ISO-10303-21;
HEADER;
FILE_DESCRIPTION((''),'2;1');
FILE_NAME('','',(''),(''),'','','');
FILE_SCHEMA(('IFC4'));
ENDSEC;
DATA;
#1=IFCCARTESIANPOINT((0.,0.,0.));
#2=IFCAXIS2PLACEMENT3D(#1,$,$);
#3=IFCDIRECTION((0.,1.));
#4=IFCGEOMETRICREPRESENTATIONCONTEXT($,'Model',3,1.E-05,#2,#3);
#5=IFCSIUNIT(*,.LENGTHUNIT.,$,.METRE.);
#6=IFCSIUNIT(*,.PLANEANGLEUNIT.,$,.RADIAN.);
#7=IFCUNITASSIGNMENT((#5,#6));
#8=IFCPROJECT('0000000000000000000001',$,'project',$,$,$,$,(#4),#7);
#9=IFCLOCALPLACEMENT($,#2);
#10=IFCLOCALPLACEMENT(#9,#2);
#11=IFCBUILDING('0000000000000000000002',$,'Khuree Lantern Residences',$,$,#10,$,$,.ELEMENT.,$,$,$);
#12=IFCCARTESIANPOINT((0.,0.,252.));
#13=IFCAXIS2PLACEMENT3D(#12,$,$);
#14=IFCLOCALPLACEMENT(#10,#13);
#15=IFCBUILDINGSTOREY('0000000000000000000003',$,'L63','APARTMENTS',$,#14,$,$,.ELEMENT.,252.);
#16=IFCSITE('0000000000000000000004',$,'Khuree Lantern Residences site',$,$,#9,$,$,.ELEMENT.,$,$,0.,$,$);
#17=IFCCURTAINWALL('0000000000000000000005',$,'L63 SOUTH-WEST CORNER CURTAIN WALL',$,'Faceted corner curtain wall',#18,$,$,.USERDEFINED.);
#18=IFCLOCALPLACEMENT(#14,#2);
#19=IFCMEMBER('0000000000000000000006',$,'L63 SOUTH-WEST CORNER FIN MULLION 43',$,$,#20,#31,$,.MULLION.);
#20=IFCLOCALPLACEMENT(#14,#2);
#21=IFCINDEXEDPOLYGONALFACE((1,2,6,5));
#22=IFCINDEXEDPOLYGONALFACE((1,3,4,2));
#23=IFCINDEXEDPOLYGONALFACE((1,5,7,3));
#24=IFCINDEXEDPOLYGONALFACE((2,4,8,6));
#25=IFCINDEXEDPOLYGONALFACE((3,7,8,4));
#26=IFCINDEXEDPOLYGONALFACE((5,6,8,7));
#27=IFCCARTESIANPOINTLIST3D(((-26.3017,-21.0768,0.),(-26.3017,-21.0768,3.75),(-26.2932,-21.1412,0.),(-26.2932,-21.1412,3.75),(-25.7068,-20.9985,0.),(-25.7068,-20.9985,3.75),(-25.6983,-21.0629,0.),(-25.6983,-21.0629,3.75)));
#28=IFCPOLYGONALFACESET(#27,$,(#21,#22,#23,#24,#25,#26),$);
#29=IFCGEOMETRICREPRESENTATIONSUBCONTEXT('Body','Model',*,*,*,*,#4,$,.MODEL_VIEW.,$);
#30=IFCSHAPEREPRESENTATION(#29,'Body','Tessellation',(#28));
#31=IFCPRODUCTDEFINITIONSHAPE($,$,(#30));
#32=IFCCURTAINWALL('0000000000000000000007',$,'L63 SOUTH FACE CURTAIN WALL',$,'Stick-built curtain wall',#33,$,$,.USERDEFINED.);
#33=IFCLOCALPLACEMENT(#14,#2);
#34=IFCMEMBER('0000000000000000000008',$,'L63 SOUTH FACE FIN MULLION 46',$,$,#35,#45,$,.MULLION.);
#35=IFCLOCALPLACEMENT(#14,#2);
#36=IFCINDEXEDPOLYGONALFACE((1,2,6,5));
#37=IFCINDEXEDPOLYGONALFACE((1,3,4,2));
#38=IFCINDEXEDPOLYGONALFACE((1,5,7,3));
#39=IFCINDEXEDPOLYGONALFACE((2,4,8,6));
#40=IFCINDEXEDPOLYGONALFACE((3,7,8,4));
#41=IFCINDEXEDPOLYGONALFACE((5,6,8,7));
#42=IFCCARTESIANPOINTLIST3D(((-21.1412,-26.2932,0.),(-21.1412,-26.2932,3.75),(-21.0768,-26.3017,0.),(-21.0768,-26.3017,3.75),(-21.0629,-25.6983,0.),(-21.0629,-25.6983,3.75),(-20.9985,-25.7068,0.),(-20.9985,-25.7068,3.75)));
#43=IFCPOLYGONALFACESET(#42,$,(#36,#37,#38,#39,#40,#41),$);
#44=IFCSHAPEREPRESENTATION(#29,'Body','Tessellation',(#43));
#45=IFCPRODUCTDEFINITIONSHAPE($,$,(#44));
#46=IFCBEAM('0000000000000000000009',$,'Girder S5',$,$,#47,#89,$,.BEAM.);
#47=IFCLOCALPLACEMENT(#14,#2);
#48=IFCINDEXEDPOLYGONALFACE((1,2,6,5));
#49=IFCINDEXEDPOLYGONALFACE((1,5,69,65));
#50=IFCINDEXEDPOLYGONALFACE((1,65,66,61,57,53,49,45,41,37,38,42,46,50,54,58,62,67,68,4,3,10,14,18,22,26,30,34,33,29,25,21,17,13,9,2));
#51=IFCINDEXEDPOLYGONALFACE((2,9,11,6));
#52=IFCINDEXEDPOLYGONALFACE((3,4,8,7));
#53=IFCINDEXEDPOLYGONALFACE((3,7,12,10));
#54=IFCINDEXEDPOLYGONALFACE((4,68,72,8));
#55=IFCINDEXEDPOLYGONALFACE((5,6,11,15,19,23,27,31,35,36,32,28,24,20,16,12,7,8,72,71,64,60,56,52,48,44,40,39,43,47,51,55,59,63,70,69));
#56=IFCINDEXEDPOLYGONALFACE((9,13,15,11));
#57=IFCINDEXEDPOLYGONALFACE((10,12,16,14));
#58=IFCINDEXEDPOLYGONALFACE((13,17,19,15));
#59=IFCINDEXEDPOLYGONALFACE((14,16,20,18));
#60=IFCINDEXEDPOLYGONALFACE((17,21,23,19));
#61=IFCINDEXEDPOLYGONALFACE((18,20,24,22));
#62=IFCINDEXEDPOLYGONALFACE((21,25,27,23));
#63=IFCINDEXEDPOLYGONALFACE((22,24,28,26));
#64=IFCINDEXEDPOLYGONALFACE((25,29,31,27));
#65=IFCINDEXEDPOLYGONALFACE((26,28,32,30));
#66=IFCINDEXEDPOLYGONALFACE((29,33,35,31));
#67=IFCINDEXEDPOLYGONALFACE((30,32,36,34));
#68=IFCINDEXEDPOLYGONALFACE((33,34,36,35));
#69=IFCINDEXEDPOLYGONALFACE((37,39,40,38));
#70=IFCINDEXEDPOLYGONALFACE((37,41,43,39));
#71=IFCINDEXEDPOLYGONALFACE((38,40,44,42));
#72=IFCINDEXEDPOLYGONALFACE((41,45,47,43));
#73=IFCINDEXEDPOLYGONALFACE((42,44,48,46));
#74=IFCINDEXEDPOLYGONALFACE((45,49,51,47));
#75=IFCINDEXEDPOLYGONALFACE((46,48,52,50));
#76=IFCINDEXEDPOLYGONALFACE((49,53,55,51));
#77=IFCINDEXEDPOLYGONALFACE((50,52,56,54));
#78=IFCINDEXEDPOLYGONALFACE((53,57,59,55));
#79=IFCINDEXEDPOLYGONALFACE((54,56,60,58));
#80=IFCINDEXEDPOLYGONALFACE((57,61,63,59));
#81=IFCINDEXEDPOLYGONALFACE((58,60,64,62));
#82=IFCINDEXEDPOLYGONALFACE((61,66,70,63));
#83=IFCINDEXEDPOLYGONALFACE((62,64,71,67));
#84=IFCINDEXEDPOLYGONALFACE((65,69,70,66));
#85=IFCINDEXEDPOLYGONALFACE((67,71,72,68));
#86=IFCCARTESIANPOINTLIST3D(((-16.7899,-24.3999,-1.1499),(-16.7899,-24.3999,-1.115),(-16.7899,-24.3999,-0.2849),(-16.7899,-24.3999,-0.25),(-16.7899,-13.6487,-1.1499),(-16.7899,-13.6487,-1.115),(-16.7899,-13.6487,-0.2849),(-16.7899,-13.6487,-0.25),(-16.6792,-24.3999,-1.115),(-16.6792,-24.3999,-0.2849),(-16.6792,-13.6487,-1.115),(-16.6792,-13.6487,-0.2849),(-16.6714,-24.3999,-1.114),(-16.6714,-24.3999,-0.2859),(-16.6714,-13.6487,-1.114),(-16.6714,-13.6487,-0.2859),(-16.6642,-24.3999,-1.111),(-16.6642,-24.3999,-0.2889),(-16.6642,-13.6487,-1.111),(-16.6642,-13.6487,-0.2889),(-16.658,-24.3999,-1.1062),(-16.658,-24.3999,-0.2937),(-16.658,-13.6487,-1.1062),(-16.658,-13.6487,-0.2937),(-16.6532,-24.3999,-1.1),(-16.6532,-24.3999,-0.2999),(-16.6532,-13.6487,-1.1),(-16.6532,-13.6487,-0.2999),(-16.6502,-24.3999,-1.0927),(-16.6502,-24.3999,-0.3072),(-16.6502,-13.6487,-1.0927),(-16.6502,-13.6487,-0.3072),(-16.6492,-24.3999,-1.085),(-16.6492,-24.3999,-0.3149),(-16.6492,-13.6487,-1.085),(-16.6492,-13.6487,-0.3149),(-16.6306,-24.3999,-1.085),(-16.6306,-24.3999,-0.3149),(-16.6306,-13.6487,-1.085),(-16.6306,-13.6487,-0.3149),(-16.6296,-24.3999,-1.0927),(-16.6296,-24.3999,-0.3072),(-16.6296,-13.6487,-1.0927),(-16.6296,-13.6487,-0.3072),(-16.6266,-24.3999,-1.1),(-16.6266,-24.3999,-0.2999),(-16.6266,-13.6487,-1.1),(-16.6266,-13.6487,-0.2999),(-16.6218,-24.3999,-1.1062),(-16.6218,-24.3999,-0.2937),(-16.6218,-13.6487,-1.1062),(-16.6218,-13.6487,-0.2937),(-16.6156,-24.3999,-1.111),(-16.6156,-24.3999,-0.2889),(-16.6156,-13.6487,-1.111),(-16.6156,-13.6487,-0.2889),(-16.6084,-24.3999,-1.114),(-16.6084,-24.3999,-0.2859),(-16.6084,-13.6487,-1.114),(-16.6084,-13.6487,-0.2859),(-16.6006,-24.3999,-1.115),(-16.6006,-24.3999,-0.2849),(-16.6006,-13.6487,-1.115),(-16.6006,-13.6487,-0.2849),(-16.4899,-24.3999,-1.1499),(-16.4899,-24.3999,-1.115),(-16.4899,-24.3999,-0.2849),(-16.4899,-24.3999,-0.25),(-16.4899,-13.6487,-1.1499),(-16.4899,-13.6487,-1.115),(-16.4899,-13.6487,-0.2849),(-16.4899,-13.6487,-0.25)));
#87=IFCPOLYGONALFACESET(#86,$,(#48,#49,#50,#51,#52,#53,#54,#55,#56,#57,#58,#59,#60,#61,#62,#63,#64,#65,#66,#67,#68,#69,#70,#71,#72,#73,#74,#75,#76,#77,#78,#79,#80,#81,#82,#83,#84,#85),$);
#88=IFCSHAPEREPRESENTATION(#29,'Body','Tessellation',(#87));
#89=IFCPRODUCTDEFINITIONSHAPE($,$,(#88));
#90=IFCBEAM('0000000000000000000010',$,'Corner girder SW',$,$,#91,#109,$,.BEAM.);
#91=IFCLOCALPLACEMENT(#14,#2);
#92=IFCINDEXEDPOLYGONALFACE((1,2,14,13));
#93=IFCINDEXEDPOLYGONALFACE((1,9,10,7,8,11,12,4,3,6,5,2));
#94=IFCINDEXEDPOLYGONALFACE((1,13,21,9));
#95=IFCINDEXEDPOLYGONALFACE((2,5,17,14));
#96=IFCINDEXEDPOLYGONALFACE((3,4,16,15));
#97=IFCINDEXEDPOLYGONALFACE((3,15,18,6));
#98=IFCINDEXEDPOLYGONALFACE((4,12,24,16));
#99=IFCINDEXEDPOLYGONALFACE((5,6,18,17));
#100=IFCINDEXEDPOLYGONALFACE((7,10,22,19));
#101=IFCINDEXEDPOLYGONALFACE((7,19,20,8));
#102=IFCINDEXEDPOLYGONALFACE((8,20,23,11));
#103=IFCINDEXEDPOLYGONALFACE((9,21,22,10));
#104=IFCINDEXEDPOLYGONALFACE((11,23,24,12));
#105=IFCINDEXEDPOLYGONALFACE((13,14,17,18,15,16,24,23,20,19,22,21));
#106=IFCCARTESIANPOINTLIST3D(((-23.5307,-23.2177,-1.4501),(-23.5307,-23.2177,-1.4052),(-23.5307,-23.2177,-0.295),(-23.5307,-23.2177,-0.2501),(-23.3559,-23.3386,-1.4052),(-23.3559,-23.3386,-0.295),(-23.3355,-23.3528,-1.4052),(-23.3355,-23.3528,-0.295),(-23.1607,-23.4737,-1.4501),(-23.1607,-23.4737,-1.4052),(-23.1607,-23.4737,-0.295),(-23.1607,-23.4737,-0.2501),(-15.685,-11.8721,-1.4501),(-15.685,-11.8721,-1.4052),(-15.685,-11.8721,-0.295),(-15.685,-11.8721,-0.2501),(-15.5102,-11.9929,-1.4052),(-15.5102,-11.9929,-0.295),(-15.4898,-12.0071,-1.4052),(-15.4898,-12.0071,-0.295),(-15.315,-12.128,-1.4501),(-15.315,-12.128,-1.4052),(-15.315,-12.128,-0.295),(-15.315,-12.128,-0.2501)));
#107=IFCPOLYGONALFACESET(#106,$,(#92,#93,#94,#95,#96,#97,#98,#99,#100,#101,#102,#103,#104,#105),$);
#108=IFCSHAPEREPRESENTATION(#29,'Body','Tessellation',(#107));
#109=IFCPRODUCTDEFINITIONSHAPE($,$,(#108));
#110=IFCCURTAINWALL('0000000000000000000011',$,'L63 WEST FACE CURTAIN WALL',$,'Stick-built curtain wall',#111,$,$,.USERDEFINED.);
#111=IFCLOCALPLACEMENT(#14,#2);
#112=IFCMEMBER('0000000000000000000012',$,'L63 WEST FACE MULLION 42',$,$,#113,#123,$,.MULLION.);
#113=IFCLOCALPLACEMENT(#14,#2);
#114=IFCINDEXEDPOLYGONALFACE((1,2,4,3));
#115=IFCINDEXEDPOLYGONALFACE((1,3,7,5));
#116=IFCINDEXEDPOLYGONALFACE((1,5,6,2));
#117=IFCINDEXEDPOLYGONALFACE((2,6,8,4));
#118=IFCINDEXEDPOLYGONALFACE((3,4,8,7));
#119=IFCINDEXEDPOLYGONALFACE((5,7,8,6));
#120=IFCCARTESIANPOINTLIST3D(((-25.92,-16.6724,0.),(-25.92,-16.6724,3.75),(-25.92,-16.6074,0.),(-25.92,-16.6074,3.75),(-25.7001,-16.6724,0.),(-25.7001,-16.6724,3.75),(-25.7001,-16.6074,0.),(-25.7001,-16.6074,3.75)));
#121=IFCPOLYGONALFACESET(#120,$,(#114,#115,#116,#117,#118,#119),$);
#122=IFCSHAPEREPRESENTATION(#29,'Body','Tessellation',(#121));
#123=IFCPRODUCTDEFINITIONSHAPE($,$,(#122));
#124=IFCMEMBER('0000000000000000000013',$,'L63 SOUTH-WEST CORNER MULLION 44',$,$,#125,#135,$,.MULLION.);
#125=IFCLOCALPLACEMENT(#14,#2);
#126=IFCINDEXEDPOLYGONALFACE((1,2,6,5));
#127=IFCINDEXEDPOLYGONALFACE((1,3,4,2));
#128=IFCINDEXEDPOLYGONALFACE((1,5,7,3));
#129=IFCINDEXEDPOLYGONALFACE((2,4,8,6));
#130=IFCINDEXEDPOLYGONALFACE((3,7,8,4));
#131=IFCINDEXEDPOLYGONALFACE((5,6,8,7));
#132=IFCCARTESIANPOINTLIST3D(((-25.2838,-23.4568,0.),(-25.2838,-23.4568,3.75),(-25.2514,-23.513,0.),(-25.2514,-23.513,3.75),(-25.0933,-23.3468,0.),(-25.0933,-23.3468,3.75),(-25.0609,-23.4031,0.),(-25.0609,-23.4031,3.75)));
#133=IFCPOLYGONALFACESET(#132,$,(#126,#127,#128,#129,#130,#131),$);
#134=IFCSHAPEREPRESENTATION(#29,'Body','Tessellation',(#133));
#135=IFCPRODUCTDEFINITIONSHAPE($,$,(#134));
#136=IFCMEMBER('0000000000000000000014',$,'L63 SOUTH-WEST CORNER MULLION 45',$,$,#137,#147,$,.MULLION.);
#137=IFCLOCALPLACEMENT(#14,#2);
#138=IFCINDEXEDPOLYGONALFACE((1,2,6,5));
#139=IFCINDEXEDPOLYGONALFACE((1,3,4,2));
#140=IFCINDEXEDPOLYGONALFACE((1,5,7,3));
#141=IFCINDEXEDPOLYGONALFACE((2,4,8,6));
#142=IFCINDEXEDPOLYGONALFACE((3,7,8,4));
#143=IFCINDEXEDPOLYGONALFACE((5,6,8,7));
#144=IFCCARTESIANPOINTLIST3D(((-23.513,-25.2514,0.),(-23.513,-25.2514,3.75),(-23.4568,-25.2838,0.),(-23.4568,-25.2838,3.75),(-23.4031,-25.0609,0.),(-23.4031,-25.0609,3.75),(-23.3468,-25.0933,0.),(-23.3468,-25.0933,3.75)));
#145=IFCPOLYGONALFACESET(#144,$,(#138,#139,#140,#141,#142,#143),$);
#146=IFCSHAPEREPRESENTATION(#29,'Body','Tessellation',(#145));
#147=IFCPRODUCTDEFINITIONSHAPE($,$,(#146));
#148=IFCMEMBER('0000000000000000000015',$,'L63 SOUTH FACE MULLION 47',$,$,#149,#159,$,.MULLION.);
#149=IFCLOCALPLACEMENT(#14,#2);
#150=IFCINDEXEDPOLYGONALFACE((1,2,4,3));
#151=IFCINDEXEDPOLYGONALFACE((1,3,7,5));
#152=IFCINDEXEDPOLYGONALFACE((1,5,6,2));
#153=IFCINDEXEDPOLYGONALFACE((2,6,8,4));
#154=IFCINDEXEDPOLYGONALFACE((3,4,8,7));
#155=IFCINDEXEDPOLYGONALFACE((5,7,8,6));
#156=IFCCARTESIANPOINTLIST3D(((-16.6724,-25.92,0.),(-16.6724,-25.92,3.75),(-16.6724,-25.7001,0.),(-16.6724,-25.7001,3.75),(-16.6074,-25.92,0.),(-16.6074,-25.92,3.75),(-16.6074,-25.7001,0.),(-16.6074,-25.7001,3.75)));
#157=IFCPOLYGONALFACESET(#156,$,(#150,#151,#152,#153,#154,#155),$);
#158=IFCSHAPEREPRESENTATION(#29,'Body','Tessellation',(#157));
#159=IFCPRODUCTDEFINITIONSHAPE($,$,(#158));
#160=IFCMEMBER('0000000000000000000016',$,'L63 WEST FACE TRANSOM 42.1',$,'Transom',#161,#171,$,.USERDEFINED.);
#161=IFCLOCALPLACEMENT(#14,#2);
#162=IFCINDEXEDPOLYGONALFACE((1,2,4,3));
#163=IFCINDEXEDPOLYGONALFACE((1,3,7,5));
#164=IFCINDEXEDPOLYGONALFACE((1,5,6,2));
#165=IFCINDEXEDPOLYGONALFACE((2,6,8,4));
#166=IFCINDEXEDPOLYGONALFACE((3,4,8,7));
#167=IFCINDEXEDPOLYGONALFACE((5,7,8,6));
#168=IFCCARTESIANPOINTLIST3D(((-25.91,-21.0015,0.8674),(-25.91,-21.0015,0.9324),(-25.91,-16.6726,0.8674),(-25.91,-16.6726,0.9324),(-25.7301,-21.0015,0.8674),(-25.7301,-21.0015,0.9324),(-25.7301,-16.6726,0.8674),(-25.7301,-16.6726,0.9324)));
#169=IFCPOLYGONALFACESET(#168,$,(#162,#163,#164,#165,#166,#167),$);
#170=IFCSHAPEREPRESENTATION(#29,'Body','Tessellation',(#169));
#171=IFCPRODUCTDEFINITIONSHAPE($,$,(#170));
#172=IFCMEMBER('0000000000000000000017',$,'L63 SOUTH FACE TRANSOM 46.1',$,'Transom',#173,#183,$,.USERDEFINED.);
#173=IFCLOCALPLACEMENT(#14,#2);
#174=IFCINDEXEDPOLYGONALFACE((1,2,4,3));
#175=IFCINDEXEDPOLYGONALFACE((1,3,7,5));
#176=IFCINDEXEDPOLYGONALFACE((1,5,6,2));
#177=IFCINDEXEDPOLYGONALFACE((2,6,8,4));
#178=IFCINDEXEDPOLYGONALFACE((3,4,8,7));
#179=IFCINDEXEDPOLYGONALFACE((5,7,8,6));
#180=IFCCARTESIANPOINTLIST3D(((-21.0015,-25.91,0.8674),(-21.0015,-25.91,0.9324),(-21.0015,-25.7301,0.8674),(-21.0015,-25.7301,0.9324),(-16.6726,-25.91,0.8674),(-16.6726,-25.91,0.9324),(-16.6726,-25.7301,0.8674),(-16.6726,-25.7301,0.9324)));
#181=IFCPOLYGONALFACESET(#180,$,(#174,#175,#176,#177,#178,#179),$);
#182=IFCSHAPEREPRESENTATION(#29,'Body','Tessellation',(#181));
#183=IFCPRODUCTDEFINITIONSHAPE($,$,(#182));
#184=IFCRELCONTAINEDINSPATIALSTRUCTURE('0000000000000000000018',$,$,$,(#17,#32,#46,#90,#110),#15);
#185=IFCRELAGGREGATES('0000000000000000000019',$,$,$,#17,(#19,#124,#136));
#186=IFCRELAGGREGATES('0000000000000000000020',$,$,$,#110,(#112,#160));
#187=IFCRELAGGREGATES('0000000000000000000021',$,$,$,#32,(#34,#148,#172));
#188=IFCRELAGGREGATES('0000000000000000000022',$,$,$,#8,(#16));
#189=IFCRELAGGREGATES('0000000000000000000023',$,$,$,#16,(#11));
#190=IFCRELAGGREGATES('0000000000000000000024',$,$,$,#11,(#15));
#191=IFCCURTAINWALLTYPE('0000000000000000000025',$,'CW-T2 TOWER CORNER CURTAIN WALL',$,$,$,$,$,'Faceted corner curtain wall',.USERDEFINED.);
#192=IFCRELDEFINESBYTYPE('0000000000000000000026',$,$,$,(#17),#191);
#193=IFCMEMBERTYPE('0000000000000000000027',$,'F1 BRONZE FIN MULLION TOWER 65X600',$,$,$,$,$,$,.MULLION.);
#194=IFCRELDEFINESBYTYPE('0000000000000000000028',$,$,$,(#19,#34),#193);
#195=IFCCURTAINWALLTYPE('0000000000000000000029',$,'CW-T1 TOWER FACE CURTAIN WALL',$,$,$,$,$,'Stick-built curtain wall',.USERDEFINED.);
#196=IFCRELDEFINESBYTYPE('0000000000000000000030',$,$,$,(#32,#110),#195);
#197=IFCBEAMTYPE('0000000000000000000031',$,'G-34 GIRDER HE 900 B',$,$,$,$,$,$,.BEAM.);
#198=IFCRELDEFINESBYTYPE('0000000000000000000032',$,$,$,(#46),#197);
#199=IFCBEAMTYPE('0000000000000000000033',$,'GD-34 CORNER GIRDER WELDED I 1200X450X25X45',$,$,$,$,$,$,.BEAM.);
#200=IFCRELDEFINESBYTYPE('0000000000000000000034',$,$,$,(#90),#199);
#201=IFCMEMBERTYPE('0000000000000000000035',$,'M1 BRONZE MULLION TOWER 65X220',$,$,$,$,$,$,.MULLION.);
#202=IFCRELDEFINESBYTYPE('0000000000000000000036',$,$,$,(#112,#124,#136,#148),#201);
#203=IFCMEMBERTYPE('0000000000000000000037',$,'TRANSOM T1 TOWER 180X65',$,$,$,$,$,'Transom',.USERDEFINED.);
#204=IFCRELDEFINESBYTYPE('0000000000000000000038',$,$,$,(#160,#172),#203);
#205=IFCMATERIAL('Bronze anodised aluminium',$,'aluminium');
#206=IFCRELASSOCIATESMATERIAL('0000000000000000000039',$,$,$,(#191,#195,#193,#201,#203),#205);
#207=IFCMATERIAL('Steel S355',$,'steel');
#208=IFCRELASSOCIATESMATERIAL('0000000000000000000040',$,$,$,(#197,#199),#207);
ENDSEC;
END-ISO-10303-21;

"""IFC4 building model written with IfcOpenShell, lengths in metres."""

from ifc_helpers import new_model, si_unit, direction, frame, origin, origin_2d, place, context, subcontext, project, spatial, rectangle, i_section, extrude, material, material_profile, profile_set, type_object, element, aggregate, save


model = new_model("IFC4")

# Units and contexts
model_context = context("Model", 3, precision=1e-05, world=origin(), true_north=direction((0.0, 1.0)))
body_context = subcontext(model_context, "Body", "Model", "MODEL_VIEW")
ifc_project = project(units=[si_unit("LENGTHUNIT", "METRE"), si_unit("PLANEANGLEUNIT", "RADIAN")], contexts=[model_context])

# Site, building, storey
site_placement = place(None, origin())
site = spatial("IfcSite", under=ifc_project, at=site_placement, Name="Khuree Lantern Residences site", CompositionType="ELEMENT", RefElevation=0.0)
building_placement = place(site_placement, origin())
building = spatial("IfcBuilding", under=site, at=building_placement, Name="Khuree Lantern Residences", CompositionType="ELEMENT")
storey_placement = place(building_placement, frame((0.0, 0.0, 252.0)))
storey = spatial("IfcBuildingStorey", under=building, at=storey_placement, Name="L63", Description="APARTMENTS", CompositionType="ELEMENT", Elevation=252.0)

# Shared definitions
ifc_material_1 = material(Name="Steel S355", Category="steel")

# Curtain walls, members
ifc_material_2 = material(Name="Bronze anodised aluminium", Category="aluminium")
curtain_wall_type_1 = type_object("IfcCurtainWallType", Name="CW-T2 TOWER CORNER CURTAIN WALL", ElementType="Faceted corner curtain wall", PredefinedType="USERDEFINED", material=ifc_material_2)
curtain_wall_1_placement = place(storey_placement, origin())
curtain_wall_1 = element("IfcCurtainWall", 1, at=curtain_wall_1_placement, inside=storey, type_object=curtain_wall_type_1, Name="L63 SOUTH-WEST CORNER CURTAIN WALL", ObjectType="Faceted corner curtain wall", PredefinedType="USERDEFINED")
ifc_material_profile_1 = material_profile(ifc_material_2, rectangle(XDim=0.0649, YDim=0.6001, at=origin_2d()), Name="F1 65X600")
ifc_profile_set_1 = profile_set([ifc_material_profile_1], Name="Bronze anodised aluminium")
member_type_1 = type_object("IfcMemberType", Name="F1 BRONZE FIN MULLION TOWER 65X600", PredefinedType="MULLION", material=ifc_profile_set_1)
member_1_placement = place(storey_placement, frame((-26.0, -21.0698, 0.0), z_axis=(0.0, 0.0, 1.0), x_axis=(0.130526, -0.991445, 0.0)))
member_1 = element("IfcMember", 2, at=member_1_placement, type_object=member_type_1, Name="L63 SOUTH-WEST CORNER FIN MULLION 43", PredefinedType="MULLION", context=body_context, shape_type="SweptSolid", body=[
    extrude(rectangle(XDim=0.0649, YDim=0.6001, at=origin_2d()), origin(), (0.0, 0.0, 1.0), 3.75),
])
curtain_wall_type_2 = type_object("IfcCurtainWallType", Name="CW-T1 TOWER FACE CURTAIN WALL", ElementType="Stick-built curtain wall", PredefinedType="USERDEFINED", material=ifc_material_2)
curtain_wall_2_placement = place(storey_placement, origin())
curtain_wall_2 = element("IfcCurtainWall", 3, at=curtain_wall_2_placement, inside=storey, type_object=curtain_wall_type_2, Name="L63 SOUTH FACE CURTAIN WALL", ObjectType="Stick-built curtain wall", PredefinedType="USERDEFINED")
member_2_placement = place(storey_placement, frame((-21.0698, -26.0, 0.0), z_axis=(0.0, 0.0, 1.0), x_axis=(0.991445, -0.130526, 0.0)))
member_2 = element("IfcMember", 4, at=member_2_placement, type_object=member_type_1, Name="L63 SOUTH FACE FIN MULLION 46", PredefinedType="MULLION", context=body_context, shape_type="SweptSolid", body=[
    extrude(rectangle(XDim=0.0649, YDim=0.6001, at=origin_2d()), origin(), (0.0, 0.0, 1.0), 3.75),
])

# Beams
ifc_material_profile_2 = material_profile(ifc_material_1, i_section(OverallWidth=0.3, OverallDepth=0.8999, WebThickness=0.0186, FlangeThickness=0.0349, FilletRadius=0.03, at=origin_2d()), Name="HE 900 B")
ifc_profile_set_2 = profile_set([ifc_material_profile_2], Name="Steel S355")
beam_type_1 = type_object("IfcBeamType", Name="G-34 GIRDER HE 900 B", PredefinedType="BEAM", material=ifc_profile_set_2)
beam_1_placement = place(storey_placement, frame((-16.6399, -24.3999, -0.7), z_axis=(0.0, 1.0, 0.0), x_axis=(-1.0, 0.0, 0.0)))
element("IfcBeam", 5, at=beam_1_placement, inside=storey, type_object=beam_type_1, Name="Girder S5", PredefinedType="BEAM", context=body_context, shape_type="SweptSolid", body=[
    extrude(i_section(OverallWidth=0.3, OverallDepth=0.8999, WebThickness=0.0186, FlangeThickness=0.0349, FilletRadius=0.03, at=origin_2d()), origin(), (0.0, 0.0, 1.0), 10.7512),
])
ifc_material_profile_3 = material_profile(ifc_material_1, i_section(OverallWidth=0.45, OverallDepth=1.2, WebThickness=0.0249, FlangeThickness=0.0449, at=origin_2d()), Name="WELDED I 1200X450X25X45")
ifc_profile_set_3 = profile_set([ifc_material_profile_3], Name="Steel S355")
beam_type_2 = type_object("IfcBeamType", Name="GD-34 CORNER GIRDER WELDED I 1200X450X25X45", PredefinedType="BEAM", material=ifc_profile_set_3)
beam_2_placement = place(storey_placement, frame((-23.3457, -23.3457, -0.8501), z_axis=(0.568768, 0.822498, 0.0), x_axis=(-0.822498, 0.568768, 0.0)))
element("IfcBeam", 6, at=beam_2_placement, inside=storey, type_object=beam_type_2, Name="Corner girder SW", PredefinedType="BEAM", context=body_context, shape_type="SweptSolid", body=[
    extrude(i_section(OverallWidth=0.45, OverallDepth=1.2, WebThickness=0.0249, FlangeThickness=0.0449, at=origin_2d()), origin(), (0.0, 0.0, 1.0), 13.7942),
])

# Curtain wall, member
curtain_wall_3_placement = place(storey_placement, origin())
curtain_wall_3 = element("IfcCurtainWall", 7, at=curtain_wall_3_placement, inside=storey, type_object=curtain_wall_type_2, Name="L63 WEST FACE CURTAIN WALL", ObjectType="Stick-built curtain wall", PredefinedType="USERDEFINED")
ifc_material_profile_4 = material_profile(ifc_material_2, rectangle(XDim=0.0649, YDim=0.22, at=origin_2d()), Name="M1 65X220")
ifc_profile_set_4 = profile_set([ifc_material_profile_4], Name="Bronze anodised aluminium")
member_type_2 = type_object("IfcMemberType", Name="M1 BRONZE MULLION TOWER 65X220", PredefinedType="MULLION", material=ifc_profile_set_4)
member_3_placement = place(storey_placement, frame((-25.8101, -16.6399, 0.0), z_axis=(0.0, 0.0, 1.0), x_axis=(0.0, -1.0, 0.0)))
member_3 = element("IfcMember", 8, at=member_3_placement, type_object=member_type_2, Name="L63 WEST FACE MULLION 42", PredefinedType="MULLION", context=body_context, shape_type="SweptSolid", body=[
    extrude(rectangle(XDim=0.0649, YDim=0.22, at=origin_2d()), origin(), (0.0, 0.0, 1.0), 3.75),
])

# Members
member_4_placement = place(storey_placement, frame((-25.1724, -23.4299, 0.0), z_axis=(0.0, 0.0, 1.0), x_axis=(0.5, -0.866025, 0.0)))
member_4 = element("IfcMember", 9, at=member_4_placement, type_object=member_type_2, Name="L63 SOUTH-WEST CORNER MULLION 44", PredefinedType="MULLION", context=body_context, shape_type="SweptSolid", body=[
    extrude(rectangle(XDim=0.0649, YDim=0.22, at=origin_2d()), origin(), (0.0, 0.0, 1.0), 3.75),
])
member_5_placement = place(storey_placement, frame((-23.4299, -25.1724, 0.0), z_axis=(0.0, 0.0, 1.0), x_axis=(0.866025, -0.5, 0.0)))
member_5 = element("IfcMember", 10, at=member_5_placement, type_object=member_type_2, Name="L63 SOUTH-WEST CORNER MULLION 45", PredefinedType="MULLION", context=body_context, shape_type="SweptSolid", body=[
    extrude(rectangle(XDim=0.0649, YDim=0.22, at=origin_2d()), origin(), (0.0, 0.0, 1.0), 3.75),
])
member_6_placement = place(storey_placement, frame((-16.6399, -25.8101, 0.0), z_axis=(0.0, 0.0, 1.0), x_axis=(1.0, 0.0, 0.0)))
member_6 = element("IfcMember", 11, at=member_6_placement, type_object=member_type_2, Name="L63 SOUTH FACE MULLION 47", PredefinedType="MULLION", context=body_context, shape_type="SweptSolid", body=[
    extrude(rectangle(XDim=0.0649, YDim=0.22, at=origin_2d()), origin(), (0.0, 0.0, 1.0), 3.75),
])
ifc_material_profile_5 = material_profile(ifc_material_2, rectangle(XDim=0.1799, YDim=0.0649, at=origin_2d()), Name="T1 180X65")
ifc_profile_set_5 = profile_set([ifc_material_profile_5], Name="Bronze anodised aluminium")
member_type_3 = type_object("IfcMemberType", Name="TRANSOM T1 TOWER 180X65", ElementType="Transom", PredefinedType="USERDEFINED", material=ifc_profile_set_5)
member_7_placement = place(storey_placement, frame((-25.8201, -16.6726, 0.8999), z_axis=(0.0, -1.0, 0.0), x_axis=(1.0, 0.0, 0.0)))
member_7 = element("IfcMember", 12, at=member_7_placement, type_object=member_type_3, Name="L63 WEST FACE TRANSOM 42.1", ObjectType="Transom", PredefinedType="USERDEFINED", context=body_context, shape_type="SweptSolid", body=[
    extrude(rectangle(XDim=0.1799, YDim=0.0649, at=origin_2d()), origin(), (0.0, 0.0, 1.0), 4.3289),
])
member_8_placement = place(storey_placement, frame((-21.0015, -25.8201, 0.8999), z_axis=(1.0, 0.0, 0.0), x_axis=(0.0, 1.0, 0.0)))
member_8 = element("IfcMember", 13, at=member_8_placement, type_object=member_type_3, Name="L63 SOUTH FACE TRANSOM 46.1", ObjectType="Transom", PredefinedType="USERDEFINED", context=body_context, shape_type="SweptSolid", body=[
    extrude(rectangle(XDim=0.1799, YDim=0.0649, at=origin_2d()), origin(), (0.0, 0.0, 1.0), 4.3289),
])

aggregate(curtain_wall_1, [member_1, member_4, member_5])
aggregate(curtain_wall_3, [member_3, member_7])
aggregate(curtain_wall_2, [member_2, member_6, member_8])

save(model, "model.ifc")
